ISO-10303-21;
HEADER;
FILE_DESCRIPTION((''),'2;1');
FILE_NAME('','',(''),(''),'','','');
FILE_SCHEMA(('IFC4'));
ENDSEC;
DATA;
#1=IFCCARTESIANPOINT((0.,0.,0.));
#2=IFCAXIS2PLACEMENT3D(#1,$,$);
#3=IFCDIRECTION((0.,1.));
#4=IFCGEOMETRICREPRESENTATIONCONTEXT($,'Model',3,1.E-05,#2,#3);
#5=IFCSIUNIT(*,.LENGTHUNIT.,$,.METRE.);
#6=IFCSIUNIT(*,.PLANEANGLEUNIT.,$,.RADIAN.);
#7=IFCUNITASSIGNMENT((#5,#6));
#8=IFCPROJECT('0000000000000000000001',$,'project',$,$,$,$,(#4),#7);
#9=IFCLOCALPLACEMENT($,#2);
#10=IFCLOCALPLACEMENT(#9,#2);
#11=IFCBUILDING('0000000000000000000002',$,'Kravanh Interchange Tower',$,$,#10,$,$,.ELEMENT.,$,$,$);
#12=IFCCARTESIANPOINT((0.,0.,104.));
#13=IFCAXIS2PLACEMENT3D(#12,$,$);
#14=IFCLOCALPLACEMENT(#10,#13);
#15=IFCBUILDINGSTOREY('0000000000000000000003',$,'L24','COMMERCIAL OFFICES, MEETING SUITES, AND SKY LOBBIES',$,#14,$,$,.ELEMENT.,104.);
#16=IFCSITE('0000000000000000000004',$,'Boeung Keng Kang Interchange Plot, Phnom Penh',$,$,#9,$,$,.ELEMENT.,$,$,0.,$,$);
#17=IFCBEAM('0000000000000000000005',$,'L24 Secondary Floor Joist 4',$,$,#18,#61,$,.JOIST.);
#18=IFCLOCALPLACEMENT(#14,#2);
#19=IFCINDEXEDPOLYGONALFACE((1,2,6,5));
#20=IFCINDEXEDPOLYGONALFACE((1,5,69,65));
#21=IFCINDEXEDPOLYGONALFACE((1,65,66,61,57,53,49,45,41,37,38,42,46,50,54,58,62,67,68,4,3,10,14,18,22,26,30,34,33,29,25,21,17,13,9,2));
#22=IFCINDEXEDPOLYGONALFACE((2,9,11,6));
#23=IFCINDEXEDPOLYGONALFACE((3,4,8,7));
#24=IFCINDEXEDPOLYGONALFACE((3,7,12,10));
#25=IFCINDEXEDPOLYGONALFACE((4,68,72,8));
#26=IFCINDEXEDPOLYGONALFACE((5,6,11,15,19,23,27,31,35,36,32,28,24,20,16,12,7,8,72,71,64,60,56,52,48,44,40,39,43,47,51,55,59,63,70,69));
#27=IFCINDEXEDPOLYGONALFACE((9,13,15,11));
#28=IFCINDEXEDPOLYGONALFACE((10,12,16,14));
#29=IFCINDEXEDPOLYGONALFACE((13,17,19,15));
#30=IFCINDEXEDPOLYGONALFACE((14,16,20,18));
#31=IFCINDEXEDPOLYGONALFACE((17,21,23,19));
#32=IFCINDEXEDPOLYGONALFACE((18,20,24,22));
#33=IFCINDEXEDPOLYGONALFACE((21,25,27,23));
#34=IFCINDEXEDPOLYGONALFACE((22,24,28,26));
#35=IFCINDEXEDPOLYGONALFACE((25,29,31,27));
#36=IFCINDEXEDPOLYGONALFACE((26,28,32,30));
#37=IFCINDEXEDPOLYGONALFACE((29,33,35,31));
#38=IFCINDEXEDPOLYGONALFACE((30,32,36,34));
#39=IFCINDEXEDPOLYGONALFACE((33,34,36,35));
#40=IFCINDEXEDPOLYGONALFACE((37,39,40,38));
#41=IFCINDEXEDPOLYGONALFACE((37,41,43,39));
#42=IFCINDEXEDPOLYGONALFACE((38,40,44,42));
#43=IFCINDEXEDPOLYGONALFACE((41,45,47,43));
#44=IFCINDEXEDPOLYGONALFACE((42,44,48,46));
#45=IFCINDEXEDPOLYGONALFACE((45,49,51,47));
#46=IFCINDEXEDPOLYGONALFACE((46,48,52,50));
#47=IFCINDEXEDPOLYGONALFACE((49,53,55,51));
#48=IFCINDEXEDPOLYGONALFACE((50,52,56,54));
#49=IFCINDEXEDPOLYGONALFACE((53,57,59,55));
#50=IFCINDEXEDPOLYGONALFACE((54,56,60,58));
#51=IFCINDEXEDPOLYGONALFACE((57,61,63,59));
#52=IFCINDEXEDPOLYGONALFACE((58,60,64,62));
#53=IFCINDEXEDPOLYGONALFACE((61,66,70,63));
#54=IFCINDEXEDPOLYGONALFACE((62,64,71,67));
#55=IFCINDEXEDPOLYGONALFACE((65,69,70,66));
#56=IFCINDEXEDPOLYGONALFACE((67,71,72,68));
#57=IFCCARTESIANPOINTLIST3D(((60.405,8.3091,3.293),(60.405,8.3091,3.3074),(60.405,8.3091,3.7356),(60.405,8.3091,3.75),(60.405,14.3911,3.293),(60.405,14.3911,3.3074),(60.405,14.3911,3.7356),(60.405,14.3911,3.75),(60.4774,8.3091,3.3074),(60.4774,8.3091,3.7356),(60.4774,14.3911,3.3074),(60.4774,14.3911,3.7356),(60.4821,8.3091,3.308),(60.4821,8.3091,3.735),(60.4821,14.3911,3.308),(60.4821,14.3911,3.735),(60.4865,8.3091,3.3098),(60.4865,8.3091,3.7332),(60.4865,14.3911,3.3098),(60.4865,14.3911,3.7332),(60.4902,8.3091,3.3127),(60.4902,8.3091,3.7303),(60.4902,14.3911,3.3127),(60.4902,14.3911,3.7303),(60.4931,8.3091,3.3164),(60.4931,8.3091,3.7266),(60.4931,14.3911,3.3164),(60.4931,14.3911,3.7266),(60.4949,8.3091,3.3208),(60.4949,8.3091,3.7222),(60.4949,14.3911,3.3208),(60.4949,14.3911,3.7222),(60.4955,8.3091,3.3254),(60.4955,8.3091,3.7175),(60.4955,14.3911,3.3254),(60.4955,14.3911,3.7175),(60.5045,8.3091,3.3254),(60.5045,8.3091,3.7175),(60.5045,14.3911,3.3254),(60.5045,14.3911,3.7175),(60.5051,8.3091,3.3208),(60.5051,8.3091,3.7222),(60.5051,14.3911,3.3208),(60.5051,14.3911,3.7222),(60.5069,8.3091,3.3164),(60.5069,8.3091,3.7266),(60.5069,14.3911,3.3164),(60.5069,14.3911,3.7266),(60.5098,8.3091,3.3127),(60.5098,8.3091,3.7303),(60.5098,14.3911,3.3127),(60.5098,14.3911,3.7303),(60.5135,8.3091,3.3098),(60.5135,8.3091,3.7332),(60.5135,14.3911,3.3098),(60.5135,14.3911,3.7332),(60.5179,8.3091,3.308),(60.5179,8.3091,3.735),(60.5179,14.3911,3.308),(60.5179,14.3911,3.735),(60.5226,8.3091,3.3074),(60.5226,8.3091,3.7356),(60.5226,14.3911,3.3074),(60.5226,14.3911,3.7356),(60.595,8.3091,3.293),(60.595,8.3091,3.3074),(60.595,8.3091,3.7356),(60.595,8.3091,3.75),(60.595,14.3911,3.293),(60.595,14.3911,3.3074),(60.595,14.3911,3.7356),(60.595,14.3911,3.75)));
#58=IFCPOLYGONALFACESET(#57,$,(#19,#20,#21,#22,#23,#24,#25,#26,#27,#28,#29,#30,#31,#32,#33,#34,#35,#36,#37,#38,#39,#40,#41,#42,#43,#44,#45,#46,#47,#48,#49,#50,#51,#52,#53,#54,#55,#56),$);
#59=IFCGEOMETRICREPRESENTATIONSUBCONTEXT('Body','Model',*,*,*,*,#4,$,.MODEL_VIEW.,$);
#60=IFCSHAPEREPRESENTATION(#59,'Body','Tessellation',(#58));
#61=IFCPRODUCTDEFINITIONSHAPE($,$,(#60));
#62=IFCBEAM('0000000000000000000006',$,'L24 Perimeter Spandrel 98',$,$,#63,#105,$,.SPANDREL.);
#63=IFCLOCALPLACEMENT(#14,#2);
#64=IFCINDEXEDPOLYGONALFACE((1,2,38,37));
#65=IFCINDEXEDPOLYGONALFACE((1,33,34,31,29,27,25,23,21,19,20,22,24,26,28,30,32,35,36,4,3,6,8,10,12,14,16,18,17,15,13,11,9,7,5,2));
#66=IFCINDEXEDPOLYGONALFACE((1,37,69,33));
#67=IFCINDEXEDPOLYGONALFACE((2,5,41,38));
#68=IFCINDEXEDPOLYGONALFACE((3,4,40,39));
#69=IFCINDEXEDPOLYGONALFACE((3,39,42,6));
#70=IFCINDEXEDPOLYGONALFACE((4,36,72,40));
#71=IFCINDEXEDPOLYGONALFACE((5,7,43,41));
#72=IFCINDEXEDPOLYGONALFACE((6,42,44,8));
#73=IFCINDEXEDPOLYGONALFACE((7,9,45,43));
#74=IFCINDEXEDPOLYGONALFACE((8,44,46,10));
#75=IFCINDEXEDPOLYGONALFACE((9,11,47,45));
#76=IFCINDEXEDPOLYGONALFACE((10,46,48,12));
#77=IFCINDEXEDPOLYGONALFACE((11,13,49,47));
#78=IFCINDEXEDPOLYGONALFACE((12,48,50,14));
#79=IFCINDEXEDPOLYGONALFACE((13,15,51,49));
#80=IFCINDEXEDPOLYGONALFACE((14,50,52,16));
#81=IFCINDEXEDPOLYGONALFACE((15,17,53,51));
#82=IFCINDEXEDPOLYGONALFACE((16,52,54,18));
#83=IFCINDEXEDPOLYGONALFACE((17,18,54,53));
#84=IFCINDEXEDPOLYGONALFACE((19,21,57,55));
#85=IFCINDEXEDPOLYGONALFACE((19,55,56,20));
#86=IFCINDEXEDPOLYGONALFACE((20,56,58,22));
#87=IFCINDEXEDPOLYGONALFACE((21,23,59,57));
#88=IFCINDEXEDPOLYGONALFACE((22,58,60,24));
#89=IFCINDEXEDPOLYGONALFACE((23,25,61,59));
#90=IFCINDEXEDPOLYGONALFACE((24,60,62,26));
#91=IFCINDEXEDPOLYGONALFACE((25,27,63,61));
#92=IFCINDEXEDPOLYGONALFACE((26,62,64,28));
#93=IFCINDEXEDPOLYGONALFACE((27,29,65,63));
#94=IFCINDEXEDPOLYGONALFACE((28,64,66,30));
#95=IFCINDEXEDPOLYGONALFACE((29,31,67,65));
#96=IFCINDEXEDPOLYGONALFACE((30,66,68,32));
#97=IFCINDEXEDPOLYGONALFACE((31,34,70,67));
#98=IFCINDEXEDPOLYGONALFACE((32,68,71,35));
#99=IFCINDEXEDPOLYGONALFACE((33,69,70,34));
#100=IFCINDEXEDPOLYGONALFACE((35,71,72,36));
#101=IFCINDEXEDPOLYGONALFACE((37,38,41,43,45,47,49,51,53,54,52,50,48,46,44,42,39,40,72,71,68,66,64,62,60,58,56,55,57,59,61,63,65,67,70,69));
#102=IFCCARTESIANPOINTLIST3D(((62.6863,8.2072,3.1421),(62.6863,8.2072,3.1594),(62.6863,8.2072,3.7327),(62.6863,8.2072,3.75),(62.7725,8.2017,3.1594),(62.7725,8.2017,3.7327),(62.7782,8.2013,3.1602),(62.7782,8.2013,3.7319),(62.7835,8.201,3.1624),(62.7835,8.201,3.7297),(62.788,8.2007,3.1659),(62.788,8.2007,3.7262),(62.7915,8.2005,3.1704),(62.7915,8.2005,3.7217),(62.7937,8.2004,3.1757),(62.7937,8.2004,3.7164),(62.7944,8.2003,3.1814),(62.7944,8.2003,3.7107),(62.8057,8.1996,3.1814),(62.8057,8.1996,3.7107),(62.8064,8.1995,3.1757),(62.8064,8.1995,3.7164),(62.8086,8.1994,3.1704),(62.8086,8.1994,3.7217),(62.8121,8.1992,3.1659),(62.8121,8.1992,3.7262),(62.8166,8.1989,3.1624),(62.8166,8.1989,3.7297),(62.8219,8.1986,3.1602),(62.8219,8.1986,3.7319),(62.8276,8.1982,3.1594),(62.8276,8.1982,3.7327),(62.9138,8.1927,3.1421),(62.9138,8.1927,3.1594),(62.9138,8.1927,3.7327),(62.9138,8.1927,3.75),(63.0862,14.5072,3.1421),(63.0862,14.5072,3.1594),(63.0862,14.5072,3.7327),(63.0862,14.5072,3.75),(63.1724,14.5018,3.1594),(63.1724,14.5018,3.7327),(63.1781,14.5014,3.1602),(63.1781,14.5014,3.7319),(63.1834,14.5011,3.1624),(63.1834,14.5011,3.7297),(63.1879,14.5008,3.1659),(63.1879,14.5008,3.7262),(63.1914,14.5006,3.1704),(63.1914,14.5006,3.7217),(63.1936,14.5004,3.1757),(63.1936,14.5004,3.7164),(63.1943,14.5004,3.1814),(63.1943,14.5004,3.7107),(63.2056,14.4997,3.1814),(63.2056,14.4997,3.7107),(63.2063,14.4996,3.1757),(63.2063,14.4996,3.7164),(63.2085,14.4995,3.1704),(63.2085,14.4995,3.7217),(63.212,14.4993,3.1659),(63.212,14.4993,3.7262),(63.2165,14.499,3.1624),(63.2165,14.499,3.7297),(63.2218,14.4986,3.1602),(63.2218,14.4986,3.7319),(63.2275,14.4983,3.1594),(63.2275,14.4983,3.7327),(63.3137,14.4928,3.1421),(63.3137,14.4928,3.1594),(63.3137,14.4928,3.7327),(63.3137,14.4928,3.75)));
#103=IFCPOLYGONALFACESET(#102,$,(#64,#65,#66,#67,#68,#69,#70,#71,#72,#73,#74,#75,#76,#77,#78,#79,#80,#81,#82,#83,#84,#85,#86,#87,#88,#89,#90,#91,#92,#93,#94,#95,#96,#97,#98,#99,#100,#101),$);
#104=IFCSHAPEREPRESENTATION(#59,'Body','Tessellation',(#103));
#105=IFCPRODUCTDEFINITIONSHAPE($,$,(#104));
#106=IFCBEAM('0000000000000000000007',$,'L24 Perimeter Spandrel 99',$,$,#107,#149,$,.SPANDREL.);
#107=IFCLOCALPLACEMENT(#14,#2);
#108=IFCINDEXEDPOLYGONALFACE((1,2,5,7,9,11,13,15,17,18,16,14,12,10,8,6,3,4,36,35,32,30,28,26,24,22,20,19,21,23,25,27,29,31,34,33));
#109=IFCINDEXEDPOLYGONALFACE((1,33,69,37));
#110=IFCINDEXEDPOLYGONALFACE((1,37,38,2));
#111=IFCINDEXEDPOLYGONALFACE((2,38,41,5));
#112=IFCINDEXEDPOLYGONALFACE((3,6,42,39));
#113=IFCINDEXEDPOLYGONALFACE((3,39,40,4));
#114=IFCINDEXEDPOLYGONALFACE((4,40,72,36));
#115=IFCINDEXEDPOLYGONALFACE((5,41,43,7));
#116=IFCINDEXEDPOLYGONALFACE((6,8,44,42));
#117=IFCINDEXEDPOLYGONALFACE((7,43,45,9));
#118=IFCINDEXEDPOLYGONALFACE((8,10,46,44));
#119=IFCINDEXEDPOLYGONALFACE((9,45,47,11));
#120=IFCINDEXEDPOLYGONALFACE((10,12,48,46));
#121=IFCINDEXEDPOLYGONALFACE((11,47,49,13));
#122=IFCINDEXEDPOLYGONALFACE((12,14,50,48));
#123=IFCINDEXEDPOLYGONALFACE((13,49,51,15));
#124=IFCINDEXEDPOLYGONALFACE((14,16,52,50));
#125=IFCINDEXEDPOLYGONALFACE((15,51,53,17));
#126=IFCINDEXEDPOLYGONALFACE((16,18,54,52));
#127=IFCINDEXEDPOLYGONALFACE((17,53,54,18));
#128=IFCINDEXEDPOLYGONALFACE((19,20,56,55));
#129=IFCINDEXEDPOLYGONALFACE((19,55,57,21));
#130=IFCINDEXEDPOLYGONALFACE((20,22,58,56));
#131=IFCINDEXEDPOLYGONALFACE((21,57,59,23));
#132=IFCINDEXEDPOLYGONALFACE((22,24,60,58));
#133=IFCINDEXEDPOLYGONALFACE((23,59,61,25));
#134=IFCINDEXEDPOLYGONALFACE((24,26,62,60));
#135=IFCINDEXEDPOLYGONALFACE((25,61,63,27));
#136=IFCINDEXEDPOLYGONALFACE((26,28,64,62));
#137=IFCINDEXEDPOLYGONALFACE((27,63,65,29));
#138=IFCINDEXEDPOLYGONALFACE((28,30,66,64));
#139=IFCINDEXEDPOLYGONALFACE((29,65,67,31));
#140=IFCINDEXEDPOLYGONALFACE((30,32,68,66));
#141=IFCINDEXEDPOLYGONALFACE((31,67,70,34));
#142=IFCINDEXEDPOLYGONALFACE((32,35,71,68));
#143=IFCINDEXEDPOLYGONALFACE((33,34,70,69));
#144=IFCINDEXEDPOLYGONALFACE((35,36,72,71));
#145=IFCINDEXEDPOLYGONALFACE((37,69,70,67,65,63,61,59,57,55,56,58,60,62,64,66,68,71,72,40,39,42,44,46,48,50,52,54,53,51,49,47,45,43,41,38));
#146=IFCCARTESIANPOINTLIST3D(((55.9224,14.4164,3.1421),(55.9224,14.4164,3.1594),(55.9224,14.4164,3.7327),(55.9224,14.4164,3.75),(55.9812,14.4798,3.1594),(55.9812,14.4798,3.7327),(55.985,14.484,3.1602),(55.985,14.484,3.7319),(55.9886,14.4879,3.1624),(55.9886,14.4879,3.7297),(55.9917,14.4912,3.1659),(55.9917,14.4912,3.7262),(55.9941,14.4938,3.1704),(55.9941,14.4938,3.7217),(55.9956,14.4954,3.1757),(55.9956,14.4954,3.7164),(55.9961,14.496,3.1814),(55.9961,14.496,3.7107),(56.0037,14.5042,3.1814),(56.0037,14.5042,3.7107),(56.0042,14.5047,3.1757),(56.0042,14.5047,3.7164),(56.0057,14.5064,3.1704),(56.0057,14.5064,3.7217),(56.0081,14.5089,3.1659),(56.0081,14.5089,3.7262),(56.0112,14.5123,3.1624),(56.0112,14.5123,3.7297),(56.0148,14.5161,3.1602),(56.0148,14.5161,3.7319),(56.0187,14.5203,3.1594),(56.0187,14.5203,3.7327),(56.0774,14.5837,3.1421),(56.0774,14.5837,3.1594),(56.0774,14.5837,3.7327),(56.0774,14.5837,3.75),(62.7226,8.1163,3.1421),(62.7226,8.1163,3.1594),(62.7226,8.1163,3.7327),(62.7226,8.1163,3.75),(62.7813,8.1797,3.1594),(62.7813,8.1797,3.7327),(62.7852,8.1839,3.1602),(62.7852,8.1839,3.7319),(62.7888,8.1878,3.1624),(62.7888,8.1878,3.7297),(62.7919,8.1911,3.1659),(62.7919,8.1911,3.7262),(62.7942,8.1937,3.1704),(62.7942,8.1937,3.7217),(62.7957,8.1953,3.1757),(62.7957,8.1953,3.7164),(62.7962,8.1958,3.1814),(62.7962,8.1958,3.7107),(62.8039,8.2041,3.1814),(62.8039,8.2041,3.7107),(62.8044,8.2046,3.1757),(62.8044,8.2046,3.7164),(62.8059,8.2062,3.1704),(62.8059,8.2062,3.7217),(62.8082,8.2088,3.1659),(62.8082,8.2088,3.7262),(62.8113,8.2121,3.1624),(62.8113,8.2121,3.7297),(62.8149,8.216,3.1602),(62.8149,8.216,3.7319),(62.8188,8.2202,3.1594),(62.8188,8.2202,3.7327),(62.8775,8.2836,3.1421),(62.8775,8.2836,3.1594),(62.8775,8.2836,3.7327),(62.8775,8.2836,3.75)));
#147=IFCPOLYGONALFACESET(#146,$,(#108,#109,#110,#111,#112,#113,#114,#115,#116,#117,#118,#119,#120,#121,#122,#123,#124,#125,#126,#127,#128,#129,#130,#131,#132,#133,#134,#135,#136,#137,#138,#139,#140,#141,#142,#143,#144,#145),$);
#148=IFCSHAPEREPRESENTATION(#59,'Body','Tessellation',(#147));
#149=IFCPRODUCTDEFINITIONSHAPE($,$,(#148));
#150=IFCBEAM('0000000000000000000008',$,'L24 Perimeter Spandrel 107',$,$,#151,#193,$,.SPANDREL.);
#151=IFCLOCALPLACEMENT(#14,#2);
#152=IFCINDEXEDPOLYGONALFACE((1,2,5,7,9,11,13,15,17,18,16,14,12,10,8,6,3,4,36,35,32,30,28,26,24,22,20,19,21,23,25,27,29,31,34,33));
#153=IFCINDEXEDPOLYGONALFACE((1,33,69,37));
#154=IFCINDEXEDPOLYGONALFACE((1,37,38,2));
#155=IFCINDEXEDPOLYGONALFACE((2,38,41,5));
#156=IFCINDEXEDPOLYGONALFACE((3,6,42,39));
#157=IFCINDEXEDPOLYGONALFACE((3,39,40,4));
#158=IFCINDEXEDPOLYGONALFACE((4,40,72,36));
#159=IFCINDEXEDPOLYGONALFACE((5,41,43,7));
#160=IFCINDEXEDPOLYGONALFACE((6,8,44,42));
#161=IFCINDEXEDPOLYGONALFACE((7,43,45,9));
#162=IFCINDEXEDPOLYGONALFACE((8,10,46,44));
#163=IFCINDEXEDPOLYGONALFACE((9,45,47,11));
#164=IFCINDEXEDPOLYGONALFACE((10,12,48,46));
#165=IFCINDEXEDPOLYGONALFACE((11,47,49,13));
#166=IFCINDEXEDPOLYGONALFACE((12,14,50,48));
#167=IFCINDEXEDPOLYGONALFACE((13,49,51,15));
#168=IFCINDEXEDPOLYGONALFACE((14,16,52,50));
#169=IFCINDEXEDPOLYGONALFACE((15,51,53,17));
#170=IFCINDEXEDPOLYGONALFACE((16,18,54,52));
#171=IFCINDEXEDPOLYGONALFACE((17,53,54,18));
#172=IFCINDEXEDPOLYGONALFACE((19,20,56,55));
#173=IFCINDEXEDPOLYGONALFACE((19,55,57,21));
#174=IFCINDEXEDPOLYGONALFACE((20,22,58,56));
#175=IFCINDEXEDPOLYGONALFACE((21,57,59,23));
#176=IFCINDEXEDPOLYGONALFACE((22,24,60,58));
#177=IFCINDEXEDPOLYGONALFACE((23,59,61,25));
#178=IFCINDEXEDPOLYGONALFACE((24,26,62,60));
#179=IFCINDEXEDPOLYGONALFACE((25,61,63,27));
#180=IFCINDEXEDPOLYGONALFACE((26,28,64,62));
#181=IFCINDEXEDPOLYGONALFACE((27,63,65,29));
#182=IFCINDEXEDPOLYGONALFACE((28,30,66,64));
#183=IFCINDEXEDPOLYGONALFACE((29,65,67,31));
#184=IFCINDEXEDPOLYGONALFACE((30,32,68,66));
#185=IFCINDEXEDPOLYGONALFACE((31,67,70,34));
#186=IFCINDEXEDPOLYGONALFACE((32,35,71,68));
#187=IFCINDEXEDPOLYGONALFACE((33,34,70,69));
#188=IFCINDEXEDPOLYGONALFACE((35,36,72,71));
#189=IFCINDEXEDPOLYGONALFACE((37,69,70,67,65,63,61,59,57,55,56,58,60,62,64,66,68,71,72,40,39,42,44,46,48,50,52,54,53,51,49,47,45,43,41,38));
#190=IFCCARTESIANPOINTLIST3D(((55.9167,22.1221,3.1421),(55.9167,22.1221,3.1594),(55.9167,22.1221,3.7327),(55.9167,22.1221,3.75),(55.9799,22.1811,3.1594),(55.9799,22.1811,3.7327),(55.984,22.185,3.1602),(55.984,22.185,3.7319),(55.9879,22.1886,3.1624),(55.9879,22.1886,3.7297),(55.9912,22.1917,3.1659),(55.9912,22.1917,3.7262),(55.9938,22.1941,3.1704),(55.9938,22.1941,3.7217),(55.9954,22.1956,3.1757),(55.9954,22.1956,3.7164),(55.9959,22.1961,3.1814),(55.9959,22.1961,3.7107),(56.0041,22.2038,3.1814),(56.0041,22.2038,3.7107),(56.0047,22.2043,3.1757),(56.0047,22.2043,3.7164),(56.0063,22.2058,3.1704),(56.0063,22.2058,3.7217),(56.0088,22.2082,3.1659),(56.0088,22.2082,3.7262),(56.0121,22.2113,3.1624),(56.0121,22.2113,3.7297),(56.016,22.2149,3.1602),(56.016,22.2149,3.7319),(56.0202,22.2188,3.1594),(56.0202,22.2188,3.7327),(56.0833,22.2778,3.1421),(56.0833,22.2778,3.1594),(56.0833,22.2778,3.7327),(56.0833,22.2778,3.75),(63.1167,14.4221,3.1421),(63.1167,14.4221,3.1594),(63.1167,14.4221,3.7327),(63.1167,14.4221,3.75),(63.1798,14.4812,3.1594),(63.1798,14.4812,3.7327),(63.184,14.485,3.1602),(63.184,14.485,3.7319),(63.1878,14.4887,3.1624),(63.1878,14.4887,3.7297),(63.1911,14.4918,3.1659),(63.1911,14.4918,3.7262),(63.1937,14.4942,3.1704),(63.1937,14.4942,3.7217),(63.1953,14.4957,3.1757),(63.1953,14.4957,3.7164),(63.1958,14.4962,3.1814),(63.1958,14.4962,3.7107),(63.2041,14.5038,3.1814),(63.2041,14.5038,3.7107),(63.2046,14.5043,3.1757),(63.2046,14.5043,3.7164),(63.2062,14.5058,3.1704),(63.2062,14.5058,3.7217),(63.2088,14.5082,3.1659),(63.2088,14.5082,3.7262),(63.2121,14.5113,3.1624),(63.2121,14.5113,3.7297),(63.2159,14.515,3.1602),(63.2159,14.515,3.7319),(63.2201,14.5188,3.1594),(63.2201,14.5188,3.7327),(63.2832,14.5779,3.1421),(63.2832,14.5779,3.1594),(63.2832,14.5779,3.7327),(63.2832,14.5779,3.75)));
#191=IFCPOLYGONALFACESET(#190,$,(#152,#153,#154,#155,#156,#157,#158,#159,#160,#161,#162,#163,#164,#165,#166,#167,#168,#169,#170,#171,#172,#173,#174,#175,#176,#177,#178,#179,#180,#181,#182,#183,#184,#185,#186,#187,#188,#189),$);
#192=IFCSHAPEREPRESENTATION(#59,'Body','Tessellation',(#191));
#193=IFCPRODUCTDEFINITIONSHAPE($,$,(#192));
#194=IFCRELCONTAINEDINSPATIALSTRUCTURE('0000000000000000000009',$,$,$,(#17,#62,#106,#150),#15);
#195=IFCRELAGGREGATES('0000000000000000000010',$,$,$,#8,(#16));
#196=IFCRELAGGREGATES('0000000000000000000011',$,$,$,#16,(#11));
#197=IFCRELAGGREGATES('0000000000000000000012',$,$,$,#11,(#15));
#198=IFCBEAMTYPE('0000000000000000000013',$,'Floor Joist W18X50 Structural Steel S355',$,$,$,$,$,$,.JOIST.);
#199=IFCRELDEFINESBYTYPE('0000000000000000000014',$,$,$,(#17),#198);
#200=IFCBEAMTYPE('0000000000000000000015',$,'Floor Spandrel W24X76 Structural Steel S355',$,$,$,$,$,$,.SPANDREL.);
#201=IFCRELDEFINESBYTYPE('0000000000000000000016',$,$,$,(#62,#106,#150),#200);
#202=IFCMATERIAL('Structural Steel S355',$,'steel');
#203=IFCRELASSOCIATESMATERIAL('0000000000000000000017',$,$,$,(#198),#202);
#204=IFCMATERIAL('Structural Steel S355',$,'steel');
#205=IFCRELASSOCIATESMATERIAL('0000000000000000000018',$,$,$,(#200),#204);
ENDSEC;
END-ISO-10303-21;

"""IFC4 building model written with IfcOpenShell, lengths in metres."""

from ifc_helpers import new_model, si_unit, direction, frame, origin, origin_2d, place, context, subcontext, project, spatial, i_section, extrude, material, material_profile, profile_set, type_object, element, save


model = new_model("IFC4")

# Units and contexts
model_context = context("Model", 3, precision=1e-05, world=origin(), true_north=direction((0.0, 1.0)))
body_context = subcontext(model_context, "Body", "Model", "MODEL_VIEW")
ifc_project = project(units=[si_unit("LENGTHUNIT", "METRE"), si_unit("PLANEANGLEUNIT", "RADIAN")], contexts=[model_context])

# Site, building, storey
site_placement = place(None, origin())
site = spatial("IfcSite", under=ifc_project, at=site_placement, Name="Boeung Keng Kang Interchange Plot, Phnom Penh", CompositionType="ELEMENT", RefElevation=0.0)
building_placement = place(site_placement, origin())
building = spatial("IfcBuilding", under=site, at=building_placement, Name="Kravanh Interchange Tower", CompositionType="ELEMENT")
storey_placement = place(building_placement, frame((0.0, 0.0, 104.0)))
storey = spatial("IfcBuildingStorey", under=building, at=storey_placement, Name="L24", Description="COMMERCIAL OFFICES, MEETING SUITES, AND SKY LOBBIES", CompositionType="ELEMENT", Elevation=104.0)

# Beams
ifc_material_1 = material(Name="Structural Steel S355", Category="steel")
ifc_material_profile_1 = material_profile(ifc_material_1, i_section(OverallWidth=0.1899, OverallDepth=0.457, WebThickness=0.009, FlangeThickness=0.0144, FilletRadius=0.0181, at=origin_2d()), Name="W18X50")
ifc_profile_set_1 = profile_set([ifc_material_profile_1], Name="Structural Steel S355")
beam_type_1 = type_object("IfcBeamType", Name="Floor Joist W18X50 Structural Steel S355", PredefinedType="JOIST", material=ifc_profile_set_1)
for number, where, z_axis, x_axis, name in (
    (1, (60.5, 8.3091, 3.5215), (0.0, 1.0, 0.0), (-1.0, 0.0, 0.0), "L24 Secondary Floor Joist 4"),
):
    element("IfcBeam", number, at=place(storey_placement, frame(where, z_axis=z_axis, x_axis=x_axis)), inside=storey, type_object=beam_type_1, Name=name, PredefinedType="JOIST", context=body_context, shape_type="SweptSolid", body=[
        extrude(i_section(OverallWidth=0.1899, OverallDepth=0.457, WebThickness=0.009, FlangeThickness=0.0144, FilletRadius=0.0181, at=origin_2d()), origin(), (0.0, 0.0, 1.0), 6.082),
    ])
ifc_material_2 = material(Name="Structural Steel S355", Category="steel")
ifc_material_profile_2 = material_profile(ifc_material_2, i_section(OverallWidth=0.228, OverallDepth=0.6079, WebThickness=0.0112, FlangeThickness=0.0173, FilletRadius=0.022, at=origin_2d()), Name="W24X76")
ifc_profile_set_2 = profile_set([ifc_material_profile_2], Name="Structural Steel S355")
beam_type_2 = type_object("IfcBeamType", Name="Floor Spandrel W24X76 Structural Steel S355", PredefinedType="SPANDREL", material=ifc_profile_set_2)
beam_1_placement = place(storey_placement, frame((62.8, 8.2, 3.446), z_axis=(0.063349, 0.997991, 0.0), x_axis=(-0.997991, 0.063349, 0.0)))
element("IfcBeam", 2, at=beam_1_placement, inside=storey, type_object=beam_type_2, Name="L24 Perimeter Spandrel 98", PredefinedType="SPANDREL", context=body_context, shape_type="SweptSolid", body=[
    extrude(i_section(OverallWidth=0.228, OverallDepth=0.6079, WebThickness=0.0112, FlangeThickness=0.0173, FilletRadius=0.022, at=origin_2d()), origin(), (0.0, 0.0, 1.0), 6.3127),
])
beam_2_placement = place(storey_placement, frame((62.8, 8.2, 3.446), z_axis=(-0.733561, 0.679623, 0.0), x_axis=(-0.679623, -0.733561, 0.0)))
element("IfcBeam", 3, at=beam_2_placement, inside=storey, type_object=beam_type_2, Name="L24 Perimeter Spandrel 99", PredefinedType="SPANDREL", context=body_context, shape_type="SweptSolid", body=[
    extrude(i_section(OverallWidth=0.228, OverallDepth=0.6079, WebThickness=0.0112, FlangeThickness=0.0173, FilletRadius=0.022, at=origin_2d()), origin(), (0.0, 0.0, 1.0), 9.27),
])
beam_3_placement = place(storey_placement, frame((63.2, 14.5, 3.446), z_axis=(-0.682994, 0.730424, 0.0), x_axis=(-0.730424, -0.682994, 0.0)))
element("IfcBeam", 4, at=beam_3_placement, inside=storey, type_object=beam_type_2, Name="L24 Perimeter Spandrel 107", PredefinedType="SPANDREL", context=body_context, shape_type="SweptSolid", body=[
    extrude(i_section(OverallWidth=0.228, OverallDepth=0.6079, WebThickness=0.0112, FlangeThickness=0.0173, FilletRadius=0.022, at=origin_2d()), origin(), (0.0, 0.0, 1.0), 10.5417),
])

save(model, "model.ifc")
